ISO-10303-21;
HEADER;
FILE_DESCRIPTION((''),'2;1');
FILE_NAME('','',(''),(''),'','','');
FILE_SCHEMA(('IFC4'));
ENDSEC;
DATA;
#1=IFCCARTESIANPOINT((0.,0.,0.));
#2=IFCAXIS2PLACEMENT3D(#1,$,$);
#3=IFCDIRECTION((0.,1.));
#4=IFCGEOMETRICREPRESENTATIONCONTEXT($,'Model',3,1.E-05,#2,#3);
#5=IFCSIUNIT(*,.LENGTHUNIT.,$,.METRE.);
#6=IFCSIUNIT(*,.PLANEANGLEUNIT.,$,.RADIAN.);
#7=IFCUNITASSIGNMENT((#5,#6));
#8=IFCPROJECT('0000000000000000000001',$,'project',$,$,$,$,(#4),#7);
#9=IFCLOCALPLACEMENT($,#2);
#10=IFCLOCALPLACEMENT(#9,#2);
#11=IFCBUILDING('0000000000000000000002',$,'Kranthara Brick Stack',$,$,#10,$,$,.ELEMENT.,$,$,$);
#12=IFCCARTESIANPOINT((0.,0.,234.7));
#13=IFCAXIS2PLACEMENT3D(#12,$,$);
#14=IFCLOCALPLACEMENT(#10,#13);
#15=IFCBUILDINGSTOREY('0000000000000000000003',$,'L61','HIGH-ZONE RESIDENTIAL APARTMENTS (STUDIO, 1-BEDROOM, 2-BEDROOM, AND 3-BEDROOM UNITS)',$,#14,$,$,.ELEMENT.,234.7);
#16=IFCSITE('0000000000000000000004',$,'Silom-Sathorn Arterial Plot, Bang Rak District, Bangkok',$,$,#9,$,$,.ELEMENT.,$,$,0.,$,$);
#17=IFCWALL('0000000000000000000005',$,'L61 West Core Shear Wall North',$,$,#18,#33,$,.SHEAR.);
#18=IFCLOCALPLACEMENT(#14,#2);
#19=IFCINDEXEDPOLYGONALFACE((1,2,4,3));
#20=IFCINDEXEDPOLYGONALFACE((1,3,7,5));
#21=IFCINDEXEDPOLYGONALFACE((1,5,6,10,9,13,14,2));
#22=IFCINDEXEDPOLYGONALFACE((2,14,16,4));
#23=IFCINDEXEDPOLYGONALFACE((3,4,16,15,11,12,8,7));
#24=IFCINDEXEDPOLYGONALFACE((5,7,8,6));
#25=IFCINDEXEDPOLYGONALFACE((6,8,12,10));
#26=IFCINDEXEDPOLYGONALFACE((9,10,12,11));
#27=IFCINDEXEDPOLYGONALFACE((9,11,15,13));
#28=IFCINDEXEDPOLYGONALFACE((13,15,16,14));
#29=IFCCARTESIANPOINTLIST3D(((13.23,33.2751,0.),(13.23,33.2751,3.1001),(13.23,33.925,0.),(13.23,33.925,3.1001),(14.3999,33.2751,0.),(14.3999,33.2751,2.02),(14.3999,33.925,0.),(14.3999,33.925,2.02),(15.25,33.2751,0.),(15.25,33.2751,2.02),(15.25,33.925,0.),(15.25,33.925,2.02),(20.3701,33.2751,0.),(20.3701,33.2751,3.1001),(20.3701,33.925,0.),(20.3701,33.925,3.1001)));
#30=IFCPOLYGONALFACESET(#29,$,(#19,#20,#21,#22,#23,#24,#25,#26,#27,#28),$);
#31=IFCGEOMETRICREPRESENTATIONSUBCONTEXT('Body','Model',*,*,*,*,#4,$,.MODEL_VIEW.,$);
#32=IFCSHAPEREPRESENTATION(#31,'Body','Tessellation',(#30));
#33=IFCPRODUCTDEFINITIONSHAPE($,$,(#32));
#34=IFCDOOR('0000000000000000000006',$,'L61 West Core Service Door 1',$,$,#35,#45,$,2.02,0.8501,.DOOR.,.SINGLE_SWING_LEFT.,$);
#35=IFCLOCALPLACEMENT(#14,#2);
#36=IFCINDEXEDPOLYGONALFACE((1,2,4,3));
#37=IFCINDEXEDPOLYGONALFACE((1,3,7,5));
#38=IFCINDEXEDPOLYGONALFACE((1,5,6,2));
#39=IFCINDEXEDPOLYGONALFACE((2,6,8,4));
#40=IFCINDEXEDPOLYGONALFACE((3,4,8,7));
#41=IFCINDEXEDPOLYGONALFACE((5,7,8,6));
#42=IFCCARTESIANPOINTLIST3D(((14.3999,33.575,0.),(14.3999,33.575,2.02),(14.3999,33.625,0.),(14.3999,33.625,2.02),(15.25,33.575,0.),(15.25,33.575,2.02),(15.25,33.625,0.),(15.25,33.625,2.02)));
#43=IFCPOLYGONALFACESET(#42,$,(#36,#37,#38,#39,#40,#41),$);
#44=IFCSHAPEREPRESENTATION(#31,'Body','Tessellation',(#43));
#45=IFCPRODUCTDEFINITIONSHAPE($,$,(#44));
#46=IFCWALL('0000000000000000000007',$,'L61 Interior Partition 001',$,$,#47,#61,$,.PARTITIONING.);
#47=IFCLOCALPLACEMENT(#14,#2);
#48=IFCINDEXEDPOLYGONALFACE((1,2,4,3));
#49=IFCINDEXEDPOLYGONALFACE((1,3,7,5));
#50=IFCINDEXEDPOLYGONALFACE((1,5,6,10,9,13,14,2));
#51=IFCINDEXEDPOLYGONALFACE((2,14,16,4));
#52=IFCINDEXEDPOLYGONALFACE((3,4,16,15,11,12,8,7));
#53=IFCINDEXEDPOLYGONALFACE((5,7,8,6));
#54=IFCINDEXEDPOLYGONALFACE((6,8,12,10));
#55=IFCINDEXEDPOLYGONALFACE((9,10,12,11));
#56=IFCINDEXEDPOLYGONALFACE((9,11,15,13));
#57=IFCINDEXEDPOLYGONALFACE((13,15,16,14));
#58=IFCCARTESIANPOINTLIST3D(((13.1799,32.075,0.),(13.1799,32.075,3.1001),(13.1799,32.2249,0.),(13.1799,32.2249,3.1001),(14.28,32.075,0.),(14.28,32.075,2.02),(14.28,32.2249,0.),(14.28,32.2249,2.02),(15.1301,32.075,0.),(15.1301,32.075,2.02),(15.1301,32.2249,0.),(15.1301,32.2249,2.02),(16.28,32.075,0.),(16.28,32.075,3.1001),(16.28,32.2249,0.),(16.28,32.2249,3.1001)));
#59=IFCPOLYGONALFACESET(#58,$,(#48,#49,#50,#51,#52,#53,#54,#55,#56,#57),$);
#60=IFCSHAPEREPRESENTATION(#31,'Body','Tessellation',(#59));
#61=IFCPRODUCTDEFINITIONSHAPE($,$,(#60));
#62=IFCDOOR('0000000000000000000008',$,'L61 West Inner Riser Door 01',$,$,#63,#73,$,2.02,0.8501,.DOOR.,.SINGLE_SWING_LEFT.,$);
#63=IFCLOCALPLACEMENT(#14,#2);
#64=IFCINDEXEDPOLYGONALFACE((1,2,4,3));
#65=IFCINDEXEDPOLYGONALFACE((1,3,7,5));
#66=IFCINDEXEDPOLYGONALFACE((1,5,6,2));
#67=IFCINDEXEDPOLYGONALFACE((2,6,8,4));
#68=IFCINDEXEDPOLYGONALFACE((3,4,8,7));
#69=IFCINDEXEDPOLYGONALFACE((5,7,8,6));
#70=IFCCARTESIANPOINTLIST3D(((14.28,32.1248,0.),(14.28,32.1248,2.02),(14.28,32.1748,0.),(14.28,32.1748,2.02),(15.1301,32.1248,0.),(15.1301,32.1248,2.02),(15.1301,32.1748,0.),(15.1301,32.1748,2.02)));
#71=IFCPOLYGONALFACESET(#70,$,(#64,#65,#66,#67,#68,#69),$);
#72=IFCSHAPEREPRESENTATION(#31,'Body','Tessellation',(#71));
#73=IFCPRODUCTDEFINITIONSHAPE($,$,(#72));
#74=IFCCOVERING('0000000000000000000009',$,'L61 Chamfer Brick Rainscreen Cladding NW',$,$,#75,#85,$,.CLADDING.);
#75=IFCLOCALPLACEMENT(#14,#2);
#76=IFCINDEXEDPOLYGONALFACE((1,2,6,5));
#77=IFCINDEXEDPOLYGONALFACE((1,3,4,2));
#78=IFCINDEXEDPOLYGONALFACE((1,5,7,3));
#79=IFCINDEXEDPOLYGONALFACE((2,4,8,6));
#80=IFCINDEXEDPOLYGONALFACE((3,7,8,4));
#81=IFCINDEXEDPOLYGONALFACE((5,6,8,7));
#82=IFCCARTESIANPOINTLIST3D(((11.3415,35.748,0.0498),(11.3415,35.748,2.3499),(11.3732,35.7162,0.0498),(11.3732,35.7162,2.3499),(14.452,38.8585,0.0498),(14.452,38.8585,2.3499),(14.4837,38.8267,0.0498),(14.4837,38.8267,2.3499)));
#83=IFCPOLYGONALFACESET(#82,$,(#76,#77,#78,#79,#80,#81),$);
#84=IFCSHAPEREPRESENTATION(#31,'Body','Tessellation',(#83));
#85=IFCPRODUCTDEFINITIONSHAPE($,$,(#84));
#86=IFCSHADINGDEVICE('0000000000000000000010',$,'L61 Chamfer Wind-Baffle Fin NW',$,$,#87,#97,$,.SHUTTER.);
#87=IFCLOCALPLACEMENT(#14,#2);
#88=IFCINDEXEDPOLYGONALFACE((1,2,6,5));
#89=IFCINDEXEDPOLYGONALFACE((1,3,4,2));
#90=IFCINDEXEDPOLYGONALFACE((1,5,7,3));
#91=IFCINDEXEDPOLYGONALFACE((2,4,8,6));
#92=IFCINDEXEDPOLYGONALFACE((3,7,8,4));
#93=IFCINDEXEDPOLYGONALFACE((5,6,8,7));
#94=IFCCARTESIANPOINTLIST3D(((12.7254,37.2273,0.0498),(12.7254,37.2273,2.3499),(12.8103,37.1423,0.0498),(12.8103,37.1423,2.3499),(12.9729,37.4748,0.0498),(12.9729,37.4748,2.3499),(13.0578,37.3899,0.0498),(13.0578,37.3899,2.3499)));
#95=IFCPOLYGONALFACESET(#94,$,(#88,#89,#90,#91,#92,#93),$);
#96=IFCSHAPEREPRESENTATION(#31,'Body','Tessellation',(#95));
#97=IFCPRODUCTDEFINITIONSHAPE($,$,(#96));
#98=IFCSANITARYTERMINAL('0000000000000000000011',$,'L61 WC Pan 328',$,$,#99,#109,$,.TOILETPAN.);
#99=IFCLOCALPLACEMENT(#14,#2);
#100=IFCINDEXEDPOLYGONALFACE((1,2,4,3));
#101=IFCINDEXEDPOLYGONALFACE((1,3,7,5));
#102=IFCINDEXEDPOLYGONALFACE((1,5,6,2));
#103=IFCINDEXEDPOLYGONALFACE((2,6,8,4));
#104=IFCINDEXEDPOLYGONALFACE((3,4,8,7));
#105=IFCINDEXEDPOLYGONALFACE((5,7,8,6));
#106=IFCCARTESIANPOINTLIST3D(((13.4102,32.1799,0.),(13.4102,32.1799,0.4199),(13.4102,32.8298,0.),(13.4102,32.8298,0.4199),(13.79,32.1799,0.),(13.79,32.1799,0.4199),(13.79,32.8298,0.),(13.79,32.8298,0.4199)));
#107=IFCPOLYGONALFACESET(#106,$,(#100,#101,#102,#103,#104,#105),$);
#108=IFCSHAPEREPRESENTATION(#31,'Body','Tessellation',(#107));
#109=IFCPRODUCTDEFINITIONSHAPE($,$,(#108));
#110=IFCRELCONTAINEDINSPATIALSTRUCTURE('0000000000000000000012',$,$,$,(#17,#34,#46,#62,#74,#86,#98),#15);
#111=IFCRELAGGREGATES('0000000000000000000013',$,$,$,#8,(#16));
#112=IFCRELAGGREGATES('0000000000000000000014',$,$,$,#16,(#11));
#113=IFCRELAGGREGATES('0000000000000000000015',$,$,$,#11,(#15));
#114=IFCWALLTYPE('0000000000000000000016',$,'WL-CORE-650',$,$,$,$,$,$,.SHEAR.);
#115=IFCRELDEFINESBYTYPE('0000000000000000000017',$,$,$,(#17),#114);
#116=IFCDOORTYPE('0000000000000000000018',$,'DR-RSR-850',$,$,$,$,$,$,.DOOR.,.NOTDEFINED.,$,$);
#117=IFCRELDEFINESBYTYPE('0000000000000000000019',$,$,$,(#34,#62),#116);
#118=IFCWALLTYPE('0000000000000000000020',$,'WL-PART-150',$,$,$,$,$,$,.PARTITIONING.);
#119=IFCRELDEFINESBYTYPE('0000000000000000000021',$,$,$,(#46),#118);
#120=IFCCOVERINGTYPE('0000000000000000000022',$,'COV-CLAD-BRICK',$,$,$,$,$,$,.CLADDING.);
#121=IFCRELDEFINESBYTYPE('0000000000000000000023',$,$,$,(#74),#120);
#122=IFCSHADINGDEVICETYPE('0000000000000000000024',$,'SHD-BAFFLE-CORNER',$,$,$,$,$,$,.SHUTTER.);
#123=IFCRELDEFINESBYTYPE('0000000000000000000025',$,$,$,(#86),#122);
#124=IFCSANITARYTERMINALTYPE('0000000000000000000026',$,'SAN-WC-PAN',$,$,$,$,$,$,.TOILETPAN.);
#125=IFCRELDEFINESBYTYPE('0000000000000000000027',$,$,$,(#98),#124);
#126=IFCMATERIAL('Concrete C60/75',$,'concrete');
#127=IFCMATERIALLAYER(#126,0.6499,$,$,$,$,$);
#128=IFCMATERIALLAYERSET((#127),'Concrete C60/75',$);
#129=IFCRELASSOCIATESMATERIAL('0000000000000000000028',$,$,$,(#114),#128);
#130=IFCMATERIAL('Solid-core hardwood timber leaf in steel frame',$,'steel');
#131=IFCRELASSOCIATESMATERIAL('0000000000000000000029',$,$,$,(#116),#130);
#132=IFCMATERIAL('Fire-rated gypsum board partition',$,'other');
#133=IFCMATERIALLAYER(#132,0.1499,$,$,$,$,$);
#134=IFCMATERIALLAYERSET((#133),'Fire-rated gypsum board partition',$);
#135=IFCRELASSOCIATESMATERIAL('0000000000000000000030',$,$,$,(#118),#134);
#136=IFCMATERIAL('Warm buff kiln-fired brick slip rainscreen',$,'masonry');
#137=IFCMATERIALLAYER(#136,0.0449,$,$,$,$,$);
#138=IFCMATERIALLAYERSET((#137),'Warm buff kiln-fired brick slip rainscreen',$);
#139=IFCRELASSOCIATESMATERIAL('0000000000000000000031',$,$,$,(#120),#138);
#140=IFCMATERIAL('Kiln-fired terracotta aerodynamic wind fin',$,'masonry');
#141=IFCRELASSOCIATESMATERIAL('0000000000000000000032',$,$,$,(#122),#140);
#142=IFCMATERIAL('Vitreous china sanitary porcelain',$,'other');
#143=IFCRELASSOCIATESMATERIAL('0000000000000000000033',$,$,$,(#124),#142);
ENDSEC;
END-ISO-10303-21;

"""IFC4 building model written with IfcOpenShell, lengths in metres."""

from ifc_helpers import new_model, si_unit, direction, frame, frame_2d, origin, origin_2d, place, context, subcontext, project, spatial, rectangle, extrude, material, layer, layer_set, type_object, element, fill, save


model = new_model("IFC4")

# Units and contexts
model_context = context("Model", 3, precision=1e-05, world=origin(), true_north=direction((0.0, 1.0)))
body_context = subcontext(model_context, "Body", "Model", "MODEL_VIEW")
ifc_project = project(units=[si_unit("LENGTHUNIT", "METRE"), si_unit("PLANEANGLEUNIT", "RADIAN")], contexts=[model_context])

# Site, building, storey
site_placement = place(None, origin())
site = spatial("IfcSite", under=ifc_project, at=site_placement, Name="Silom-Sathorn Arterial Plot, Bang Rak District, Bangkok", CompositionType="ELEMENT", RefElevation=0.0)
building_placement = place(site_placement, origin())
building = spatial("IfcBuilding", under=site, at=building_placement, Name="Kranthara Brick Stack", CompositionType="ELEMENT")
storey_placement = place(building_placement, frame((0.0, 0.0, 234.7)))
storey = spatial("IfcBuildingStorey", under=building, at=storey_placement, Name="L61", Description="HIGH-ZONE RESIDENTIAL APARTMENTS (STUDIO, 1-BEDROOM, 2-BEDROOM, AND 3-BEDROOM UNITS)", CompositionType="ELEMENT", Elevation=234.7)

# Walls, openings, doors
ifc_material_1 = material(Name="Concrete C60/75", Category="concrete")
ifc_layer_1 = layer(ifc_material_1, 0.6499)
ifc_layer_set_1 = layer_set([ifc_layer_1], Name="Concrete C60/75")
wall_type_1 = type_object("IfcWallType", Name="WL-CORE-650", PredefinedType="SHEAR", material=ifc_layer_set_1)
wall_1_placement = place(storey_placement, frame((13.23, 33.6001, 0.0), z_axis=(0.0, 0.0, 1.0), x_axis=(1.0, 0.0, 0.0)))
wall_1 = element("IfcWall", 1, at=wall_1_placement, inside=storey, type_object=wall_type_1, Name="L61 West Core Shear Wall North", PredefinedType="SHEAR", context=body_context, shape_type="SweptSolid", body=[
    extrude(rectangle(XDim=7.1401, YDim=0.6499, at=frame_2d((3.5701, 0.0))), origin(), (0.0, 0.0, 1.0), 3.1001),
])
opening_1_placement = place(wall_1_placement, frame((1.1699, 0.0, 0.0)))
opening_1 = element("IfcOpeningElement", 2, at=opening_1_placement, cuts=wall_1, PredefinedType="OPENING", context=body_context, shape_type="SweptSolid", body=[
    extrude(rectangle(XDim=0.8501, YDim=2.02, at=frame_2d((0.425, 1.01))), frame((0.0, 0.335, 0.0), z_axis=(0.0, -1.0, 0.0), x_axis=(1.0, 0.0, 0.0)), (0.0, 0.0, 1.0), 0.6699),
])
ifc_material_2 = material(Name="Solid-core hardwood timber leaf in steel frame", Category="steel")
door_type_1 = type_object("IfcDoorType", Name="DR-RSR-850", OperationType="NOTDEFINED", PredefinedType="DOOR", material=ifc_material_2)
door_1_placement = place(opening_1_placement, origin())
door_1 = element("IfcDoor", 3, at=door_1_placement, inside=storey, type_object=door_type_1, Name="L61 West Core Service Door 1", OperationType="SINGLE_SWING_LEFT", OverallHeight=2.02, OverallWidth=0.8501, PredefinedType="DOOR", context=body_context, shape_type="SweptSolid", body=[
    extrude(rectangle(XDim=0.8501, YDim=2.02, at=frame_2d((0.425, 1.01))), frame((0.0, 0.0249, 0.0), z_axis=(0.0, -1.0, 0.0), x_axis=(1.0, 0.0, 0.0)), (0.0, 0.0, 1.0), 0.05),
])
fill(opening_1, door_1)
ifc_material_3 = material(Name="Fire-rated gypsum board partition", Category="other")
ifc_layer_2 = layer(ifc_material_3, 0.1499)
ifc_layer_set_2 = layer_set([ifc_layer_2], Name="Fire-rated gypsum board partition")
wall_type_2 = type_object("IfcWallType", Name="WL-PART-150", PredefinedType="PARTITIONING", material=ifc_layer_set_2)
wall_2_placement = place(storey_placement, frame((13.1799, 32.1499, 0.0), z_axis=(0.0, 0.0, 1.0), x_axis=(1.0, 0.0, 0.0)))
wall_2 = element("IfcWall", 4, at=wall_2_placement, inside=storey, type_object=wall_type_2, Name="L61 Interior Partition 001", PredefinedType="PARTITIONING", context=body_context, shape_type="SweptSolid", body=[
    extrude(rectangle(XDim=3.1001, YDim=0.1499, at=frame_2d((1.55, 0.0))), origin(), (0.0, 0.0, 1.0), 3.1001),
])
opening_2_placement = place(wall_2_placement, frame((1.1001, 0.0, 0.0)))
opening_2 = element("IfcOpeningElement", 5, at=opening_2_placement, cuts=wall_2, PredefinedType="OPENING", context=body_context, shape_type="SweptSolid", body=[
    extrude(rectangle(XDim=0.8501, YDim=2.02, at=frame_2d((0.425, 1.01))), frame((0.0, 0.085, 0.0), z_axis=(0.0, -1.0, 0.0), x_axis=(1.0, 0.0, 0.0)), (0.0, 0.0, 1.0), 0.1699),
])
door_2_placement = place(opening_2_placement, origin())
door_2 = element("IfcDoor", 6, at=door_2_placement, inside=storey, type_object=door_type_1, Name="L61 West Inner Riser Door 01", OperationType="SINGLE_SWING_LEFT", OverallHeight=2.02, OverallWidth=0.8501, PredefinedType="DOOR", context=body_context, shape_type="SweptSolid", body=[
    extrude(rectangle(XDim=0.8501, YDim=2.02, at=frame_2d((0.425, 1.01))), frame((0.0, 0.0249, 0.0), z_axis=(0.0, -1.0, 0.0), x_axis=(1.0, 0.0, 0.0)), (0.0, 0.0, 1.0), 0.05),
])
fill(opening_2, door_2)

# Covering
ifc_material_4 = material(Name="Warm buff kiln-fired brick slip rainscreen", Category="masonry")
ifc_layer_3 = layer(ifc_material_4, 0.0449)
ifc_layer_set_3 = layer_set([ifc_layer_3], Name="Warm buff kiln-fired brick slip rainscreen")
covering_type = type_object("IfcCoveringType", Name="COV-CLAD-BRICK", PredefinedType="CLADDING", material=ifc_layer_set_3)
covering_placement = place(storey_placement, frame((12.9126, 37.2874, 0.0498), z_axis=(0.0, 0.0, 1.0), x_axis=(0.707107, 0.707107, 0.0)))
element("IfcCovering", 7, at=covering_placement, inside=storey, type_object=covering_type, Name="L61 Chamfer Brick Rainscreen Cladding NW", PredefinedType="CLADDING", context=body_context, shape_type="SweptSolid", body=[
    extrude(rectangle(XDim=4.3989, YDim=0.0449, at=origin_2d()), origin(), (0.0, 0.0, 1.0), 2.3),
])

# Shading device
ifc_material_5 = material(Name="Kiln-fired terracotta aerodynamic wind fin", Category="masonry")
shading_device_type = type_object("IfcShadingDeviceType", Name="SHD-BAFFLE-CORNER", PredefinedType="SHUTTER", material=ifc_material_5)
shading_device_placement = place(storey_placement, frame((12.8916, 37.3086, 0.0498), z_axis=(0.0, 0.0, 1.0), x_axis=(0.707107, 0.707107, 0.0)))
element("IfcShadingDevice", 8, at=shading_device_placement, inside=storey, type_object=shading_device_type, Name="L61 Chamfer Wind-Baffle Fin NW", PredefinedType="SHUTTER", context=body_context, shape_type="SweptSolid", body=[
    extrude(rectangle(XDim=0.3501, YDim=0.1201, at=origin_2d()), origin(), (0.0, 0.0, 1.0), 2.3),
])

# Sanitary terminal
ifc_material_6 = material(Name="Vitreous china sanitary porcelain", Category="other")
sanitary_terminal_type = type_object("IfcSanitaryTerminalType", Name="SAN-WC-PAN", PredefinedType="TOILETPAN", material=ifc_material_6)
sanitary_terminal_placement = place(storey_placement, frame((13.6001, 32.5049, 0.0), z_axis=(0.0, 0.0, 1.0), x_axis=(1.0, 0.0, 0.0)))
element("IfcSanitaryTerminal", 9, at=sanitary_terminal_placement, inside=storey, type_object=sanitary_terminal_type, Name="L61 WC Pan 328", PredefinedType="TOILETPAN", context=body_context, shape_type="SweptSolid", body=[
    extrude(rectangle(XDim=0.3799, YDim=0.6499, at=origin_2d()), origin(), (0.0, 0.0, 1.0), 0.4199),
])

save(model, "model.ifc")
